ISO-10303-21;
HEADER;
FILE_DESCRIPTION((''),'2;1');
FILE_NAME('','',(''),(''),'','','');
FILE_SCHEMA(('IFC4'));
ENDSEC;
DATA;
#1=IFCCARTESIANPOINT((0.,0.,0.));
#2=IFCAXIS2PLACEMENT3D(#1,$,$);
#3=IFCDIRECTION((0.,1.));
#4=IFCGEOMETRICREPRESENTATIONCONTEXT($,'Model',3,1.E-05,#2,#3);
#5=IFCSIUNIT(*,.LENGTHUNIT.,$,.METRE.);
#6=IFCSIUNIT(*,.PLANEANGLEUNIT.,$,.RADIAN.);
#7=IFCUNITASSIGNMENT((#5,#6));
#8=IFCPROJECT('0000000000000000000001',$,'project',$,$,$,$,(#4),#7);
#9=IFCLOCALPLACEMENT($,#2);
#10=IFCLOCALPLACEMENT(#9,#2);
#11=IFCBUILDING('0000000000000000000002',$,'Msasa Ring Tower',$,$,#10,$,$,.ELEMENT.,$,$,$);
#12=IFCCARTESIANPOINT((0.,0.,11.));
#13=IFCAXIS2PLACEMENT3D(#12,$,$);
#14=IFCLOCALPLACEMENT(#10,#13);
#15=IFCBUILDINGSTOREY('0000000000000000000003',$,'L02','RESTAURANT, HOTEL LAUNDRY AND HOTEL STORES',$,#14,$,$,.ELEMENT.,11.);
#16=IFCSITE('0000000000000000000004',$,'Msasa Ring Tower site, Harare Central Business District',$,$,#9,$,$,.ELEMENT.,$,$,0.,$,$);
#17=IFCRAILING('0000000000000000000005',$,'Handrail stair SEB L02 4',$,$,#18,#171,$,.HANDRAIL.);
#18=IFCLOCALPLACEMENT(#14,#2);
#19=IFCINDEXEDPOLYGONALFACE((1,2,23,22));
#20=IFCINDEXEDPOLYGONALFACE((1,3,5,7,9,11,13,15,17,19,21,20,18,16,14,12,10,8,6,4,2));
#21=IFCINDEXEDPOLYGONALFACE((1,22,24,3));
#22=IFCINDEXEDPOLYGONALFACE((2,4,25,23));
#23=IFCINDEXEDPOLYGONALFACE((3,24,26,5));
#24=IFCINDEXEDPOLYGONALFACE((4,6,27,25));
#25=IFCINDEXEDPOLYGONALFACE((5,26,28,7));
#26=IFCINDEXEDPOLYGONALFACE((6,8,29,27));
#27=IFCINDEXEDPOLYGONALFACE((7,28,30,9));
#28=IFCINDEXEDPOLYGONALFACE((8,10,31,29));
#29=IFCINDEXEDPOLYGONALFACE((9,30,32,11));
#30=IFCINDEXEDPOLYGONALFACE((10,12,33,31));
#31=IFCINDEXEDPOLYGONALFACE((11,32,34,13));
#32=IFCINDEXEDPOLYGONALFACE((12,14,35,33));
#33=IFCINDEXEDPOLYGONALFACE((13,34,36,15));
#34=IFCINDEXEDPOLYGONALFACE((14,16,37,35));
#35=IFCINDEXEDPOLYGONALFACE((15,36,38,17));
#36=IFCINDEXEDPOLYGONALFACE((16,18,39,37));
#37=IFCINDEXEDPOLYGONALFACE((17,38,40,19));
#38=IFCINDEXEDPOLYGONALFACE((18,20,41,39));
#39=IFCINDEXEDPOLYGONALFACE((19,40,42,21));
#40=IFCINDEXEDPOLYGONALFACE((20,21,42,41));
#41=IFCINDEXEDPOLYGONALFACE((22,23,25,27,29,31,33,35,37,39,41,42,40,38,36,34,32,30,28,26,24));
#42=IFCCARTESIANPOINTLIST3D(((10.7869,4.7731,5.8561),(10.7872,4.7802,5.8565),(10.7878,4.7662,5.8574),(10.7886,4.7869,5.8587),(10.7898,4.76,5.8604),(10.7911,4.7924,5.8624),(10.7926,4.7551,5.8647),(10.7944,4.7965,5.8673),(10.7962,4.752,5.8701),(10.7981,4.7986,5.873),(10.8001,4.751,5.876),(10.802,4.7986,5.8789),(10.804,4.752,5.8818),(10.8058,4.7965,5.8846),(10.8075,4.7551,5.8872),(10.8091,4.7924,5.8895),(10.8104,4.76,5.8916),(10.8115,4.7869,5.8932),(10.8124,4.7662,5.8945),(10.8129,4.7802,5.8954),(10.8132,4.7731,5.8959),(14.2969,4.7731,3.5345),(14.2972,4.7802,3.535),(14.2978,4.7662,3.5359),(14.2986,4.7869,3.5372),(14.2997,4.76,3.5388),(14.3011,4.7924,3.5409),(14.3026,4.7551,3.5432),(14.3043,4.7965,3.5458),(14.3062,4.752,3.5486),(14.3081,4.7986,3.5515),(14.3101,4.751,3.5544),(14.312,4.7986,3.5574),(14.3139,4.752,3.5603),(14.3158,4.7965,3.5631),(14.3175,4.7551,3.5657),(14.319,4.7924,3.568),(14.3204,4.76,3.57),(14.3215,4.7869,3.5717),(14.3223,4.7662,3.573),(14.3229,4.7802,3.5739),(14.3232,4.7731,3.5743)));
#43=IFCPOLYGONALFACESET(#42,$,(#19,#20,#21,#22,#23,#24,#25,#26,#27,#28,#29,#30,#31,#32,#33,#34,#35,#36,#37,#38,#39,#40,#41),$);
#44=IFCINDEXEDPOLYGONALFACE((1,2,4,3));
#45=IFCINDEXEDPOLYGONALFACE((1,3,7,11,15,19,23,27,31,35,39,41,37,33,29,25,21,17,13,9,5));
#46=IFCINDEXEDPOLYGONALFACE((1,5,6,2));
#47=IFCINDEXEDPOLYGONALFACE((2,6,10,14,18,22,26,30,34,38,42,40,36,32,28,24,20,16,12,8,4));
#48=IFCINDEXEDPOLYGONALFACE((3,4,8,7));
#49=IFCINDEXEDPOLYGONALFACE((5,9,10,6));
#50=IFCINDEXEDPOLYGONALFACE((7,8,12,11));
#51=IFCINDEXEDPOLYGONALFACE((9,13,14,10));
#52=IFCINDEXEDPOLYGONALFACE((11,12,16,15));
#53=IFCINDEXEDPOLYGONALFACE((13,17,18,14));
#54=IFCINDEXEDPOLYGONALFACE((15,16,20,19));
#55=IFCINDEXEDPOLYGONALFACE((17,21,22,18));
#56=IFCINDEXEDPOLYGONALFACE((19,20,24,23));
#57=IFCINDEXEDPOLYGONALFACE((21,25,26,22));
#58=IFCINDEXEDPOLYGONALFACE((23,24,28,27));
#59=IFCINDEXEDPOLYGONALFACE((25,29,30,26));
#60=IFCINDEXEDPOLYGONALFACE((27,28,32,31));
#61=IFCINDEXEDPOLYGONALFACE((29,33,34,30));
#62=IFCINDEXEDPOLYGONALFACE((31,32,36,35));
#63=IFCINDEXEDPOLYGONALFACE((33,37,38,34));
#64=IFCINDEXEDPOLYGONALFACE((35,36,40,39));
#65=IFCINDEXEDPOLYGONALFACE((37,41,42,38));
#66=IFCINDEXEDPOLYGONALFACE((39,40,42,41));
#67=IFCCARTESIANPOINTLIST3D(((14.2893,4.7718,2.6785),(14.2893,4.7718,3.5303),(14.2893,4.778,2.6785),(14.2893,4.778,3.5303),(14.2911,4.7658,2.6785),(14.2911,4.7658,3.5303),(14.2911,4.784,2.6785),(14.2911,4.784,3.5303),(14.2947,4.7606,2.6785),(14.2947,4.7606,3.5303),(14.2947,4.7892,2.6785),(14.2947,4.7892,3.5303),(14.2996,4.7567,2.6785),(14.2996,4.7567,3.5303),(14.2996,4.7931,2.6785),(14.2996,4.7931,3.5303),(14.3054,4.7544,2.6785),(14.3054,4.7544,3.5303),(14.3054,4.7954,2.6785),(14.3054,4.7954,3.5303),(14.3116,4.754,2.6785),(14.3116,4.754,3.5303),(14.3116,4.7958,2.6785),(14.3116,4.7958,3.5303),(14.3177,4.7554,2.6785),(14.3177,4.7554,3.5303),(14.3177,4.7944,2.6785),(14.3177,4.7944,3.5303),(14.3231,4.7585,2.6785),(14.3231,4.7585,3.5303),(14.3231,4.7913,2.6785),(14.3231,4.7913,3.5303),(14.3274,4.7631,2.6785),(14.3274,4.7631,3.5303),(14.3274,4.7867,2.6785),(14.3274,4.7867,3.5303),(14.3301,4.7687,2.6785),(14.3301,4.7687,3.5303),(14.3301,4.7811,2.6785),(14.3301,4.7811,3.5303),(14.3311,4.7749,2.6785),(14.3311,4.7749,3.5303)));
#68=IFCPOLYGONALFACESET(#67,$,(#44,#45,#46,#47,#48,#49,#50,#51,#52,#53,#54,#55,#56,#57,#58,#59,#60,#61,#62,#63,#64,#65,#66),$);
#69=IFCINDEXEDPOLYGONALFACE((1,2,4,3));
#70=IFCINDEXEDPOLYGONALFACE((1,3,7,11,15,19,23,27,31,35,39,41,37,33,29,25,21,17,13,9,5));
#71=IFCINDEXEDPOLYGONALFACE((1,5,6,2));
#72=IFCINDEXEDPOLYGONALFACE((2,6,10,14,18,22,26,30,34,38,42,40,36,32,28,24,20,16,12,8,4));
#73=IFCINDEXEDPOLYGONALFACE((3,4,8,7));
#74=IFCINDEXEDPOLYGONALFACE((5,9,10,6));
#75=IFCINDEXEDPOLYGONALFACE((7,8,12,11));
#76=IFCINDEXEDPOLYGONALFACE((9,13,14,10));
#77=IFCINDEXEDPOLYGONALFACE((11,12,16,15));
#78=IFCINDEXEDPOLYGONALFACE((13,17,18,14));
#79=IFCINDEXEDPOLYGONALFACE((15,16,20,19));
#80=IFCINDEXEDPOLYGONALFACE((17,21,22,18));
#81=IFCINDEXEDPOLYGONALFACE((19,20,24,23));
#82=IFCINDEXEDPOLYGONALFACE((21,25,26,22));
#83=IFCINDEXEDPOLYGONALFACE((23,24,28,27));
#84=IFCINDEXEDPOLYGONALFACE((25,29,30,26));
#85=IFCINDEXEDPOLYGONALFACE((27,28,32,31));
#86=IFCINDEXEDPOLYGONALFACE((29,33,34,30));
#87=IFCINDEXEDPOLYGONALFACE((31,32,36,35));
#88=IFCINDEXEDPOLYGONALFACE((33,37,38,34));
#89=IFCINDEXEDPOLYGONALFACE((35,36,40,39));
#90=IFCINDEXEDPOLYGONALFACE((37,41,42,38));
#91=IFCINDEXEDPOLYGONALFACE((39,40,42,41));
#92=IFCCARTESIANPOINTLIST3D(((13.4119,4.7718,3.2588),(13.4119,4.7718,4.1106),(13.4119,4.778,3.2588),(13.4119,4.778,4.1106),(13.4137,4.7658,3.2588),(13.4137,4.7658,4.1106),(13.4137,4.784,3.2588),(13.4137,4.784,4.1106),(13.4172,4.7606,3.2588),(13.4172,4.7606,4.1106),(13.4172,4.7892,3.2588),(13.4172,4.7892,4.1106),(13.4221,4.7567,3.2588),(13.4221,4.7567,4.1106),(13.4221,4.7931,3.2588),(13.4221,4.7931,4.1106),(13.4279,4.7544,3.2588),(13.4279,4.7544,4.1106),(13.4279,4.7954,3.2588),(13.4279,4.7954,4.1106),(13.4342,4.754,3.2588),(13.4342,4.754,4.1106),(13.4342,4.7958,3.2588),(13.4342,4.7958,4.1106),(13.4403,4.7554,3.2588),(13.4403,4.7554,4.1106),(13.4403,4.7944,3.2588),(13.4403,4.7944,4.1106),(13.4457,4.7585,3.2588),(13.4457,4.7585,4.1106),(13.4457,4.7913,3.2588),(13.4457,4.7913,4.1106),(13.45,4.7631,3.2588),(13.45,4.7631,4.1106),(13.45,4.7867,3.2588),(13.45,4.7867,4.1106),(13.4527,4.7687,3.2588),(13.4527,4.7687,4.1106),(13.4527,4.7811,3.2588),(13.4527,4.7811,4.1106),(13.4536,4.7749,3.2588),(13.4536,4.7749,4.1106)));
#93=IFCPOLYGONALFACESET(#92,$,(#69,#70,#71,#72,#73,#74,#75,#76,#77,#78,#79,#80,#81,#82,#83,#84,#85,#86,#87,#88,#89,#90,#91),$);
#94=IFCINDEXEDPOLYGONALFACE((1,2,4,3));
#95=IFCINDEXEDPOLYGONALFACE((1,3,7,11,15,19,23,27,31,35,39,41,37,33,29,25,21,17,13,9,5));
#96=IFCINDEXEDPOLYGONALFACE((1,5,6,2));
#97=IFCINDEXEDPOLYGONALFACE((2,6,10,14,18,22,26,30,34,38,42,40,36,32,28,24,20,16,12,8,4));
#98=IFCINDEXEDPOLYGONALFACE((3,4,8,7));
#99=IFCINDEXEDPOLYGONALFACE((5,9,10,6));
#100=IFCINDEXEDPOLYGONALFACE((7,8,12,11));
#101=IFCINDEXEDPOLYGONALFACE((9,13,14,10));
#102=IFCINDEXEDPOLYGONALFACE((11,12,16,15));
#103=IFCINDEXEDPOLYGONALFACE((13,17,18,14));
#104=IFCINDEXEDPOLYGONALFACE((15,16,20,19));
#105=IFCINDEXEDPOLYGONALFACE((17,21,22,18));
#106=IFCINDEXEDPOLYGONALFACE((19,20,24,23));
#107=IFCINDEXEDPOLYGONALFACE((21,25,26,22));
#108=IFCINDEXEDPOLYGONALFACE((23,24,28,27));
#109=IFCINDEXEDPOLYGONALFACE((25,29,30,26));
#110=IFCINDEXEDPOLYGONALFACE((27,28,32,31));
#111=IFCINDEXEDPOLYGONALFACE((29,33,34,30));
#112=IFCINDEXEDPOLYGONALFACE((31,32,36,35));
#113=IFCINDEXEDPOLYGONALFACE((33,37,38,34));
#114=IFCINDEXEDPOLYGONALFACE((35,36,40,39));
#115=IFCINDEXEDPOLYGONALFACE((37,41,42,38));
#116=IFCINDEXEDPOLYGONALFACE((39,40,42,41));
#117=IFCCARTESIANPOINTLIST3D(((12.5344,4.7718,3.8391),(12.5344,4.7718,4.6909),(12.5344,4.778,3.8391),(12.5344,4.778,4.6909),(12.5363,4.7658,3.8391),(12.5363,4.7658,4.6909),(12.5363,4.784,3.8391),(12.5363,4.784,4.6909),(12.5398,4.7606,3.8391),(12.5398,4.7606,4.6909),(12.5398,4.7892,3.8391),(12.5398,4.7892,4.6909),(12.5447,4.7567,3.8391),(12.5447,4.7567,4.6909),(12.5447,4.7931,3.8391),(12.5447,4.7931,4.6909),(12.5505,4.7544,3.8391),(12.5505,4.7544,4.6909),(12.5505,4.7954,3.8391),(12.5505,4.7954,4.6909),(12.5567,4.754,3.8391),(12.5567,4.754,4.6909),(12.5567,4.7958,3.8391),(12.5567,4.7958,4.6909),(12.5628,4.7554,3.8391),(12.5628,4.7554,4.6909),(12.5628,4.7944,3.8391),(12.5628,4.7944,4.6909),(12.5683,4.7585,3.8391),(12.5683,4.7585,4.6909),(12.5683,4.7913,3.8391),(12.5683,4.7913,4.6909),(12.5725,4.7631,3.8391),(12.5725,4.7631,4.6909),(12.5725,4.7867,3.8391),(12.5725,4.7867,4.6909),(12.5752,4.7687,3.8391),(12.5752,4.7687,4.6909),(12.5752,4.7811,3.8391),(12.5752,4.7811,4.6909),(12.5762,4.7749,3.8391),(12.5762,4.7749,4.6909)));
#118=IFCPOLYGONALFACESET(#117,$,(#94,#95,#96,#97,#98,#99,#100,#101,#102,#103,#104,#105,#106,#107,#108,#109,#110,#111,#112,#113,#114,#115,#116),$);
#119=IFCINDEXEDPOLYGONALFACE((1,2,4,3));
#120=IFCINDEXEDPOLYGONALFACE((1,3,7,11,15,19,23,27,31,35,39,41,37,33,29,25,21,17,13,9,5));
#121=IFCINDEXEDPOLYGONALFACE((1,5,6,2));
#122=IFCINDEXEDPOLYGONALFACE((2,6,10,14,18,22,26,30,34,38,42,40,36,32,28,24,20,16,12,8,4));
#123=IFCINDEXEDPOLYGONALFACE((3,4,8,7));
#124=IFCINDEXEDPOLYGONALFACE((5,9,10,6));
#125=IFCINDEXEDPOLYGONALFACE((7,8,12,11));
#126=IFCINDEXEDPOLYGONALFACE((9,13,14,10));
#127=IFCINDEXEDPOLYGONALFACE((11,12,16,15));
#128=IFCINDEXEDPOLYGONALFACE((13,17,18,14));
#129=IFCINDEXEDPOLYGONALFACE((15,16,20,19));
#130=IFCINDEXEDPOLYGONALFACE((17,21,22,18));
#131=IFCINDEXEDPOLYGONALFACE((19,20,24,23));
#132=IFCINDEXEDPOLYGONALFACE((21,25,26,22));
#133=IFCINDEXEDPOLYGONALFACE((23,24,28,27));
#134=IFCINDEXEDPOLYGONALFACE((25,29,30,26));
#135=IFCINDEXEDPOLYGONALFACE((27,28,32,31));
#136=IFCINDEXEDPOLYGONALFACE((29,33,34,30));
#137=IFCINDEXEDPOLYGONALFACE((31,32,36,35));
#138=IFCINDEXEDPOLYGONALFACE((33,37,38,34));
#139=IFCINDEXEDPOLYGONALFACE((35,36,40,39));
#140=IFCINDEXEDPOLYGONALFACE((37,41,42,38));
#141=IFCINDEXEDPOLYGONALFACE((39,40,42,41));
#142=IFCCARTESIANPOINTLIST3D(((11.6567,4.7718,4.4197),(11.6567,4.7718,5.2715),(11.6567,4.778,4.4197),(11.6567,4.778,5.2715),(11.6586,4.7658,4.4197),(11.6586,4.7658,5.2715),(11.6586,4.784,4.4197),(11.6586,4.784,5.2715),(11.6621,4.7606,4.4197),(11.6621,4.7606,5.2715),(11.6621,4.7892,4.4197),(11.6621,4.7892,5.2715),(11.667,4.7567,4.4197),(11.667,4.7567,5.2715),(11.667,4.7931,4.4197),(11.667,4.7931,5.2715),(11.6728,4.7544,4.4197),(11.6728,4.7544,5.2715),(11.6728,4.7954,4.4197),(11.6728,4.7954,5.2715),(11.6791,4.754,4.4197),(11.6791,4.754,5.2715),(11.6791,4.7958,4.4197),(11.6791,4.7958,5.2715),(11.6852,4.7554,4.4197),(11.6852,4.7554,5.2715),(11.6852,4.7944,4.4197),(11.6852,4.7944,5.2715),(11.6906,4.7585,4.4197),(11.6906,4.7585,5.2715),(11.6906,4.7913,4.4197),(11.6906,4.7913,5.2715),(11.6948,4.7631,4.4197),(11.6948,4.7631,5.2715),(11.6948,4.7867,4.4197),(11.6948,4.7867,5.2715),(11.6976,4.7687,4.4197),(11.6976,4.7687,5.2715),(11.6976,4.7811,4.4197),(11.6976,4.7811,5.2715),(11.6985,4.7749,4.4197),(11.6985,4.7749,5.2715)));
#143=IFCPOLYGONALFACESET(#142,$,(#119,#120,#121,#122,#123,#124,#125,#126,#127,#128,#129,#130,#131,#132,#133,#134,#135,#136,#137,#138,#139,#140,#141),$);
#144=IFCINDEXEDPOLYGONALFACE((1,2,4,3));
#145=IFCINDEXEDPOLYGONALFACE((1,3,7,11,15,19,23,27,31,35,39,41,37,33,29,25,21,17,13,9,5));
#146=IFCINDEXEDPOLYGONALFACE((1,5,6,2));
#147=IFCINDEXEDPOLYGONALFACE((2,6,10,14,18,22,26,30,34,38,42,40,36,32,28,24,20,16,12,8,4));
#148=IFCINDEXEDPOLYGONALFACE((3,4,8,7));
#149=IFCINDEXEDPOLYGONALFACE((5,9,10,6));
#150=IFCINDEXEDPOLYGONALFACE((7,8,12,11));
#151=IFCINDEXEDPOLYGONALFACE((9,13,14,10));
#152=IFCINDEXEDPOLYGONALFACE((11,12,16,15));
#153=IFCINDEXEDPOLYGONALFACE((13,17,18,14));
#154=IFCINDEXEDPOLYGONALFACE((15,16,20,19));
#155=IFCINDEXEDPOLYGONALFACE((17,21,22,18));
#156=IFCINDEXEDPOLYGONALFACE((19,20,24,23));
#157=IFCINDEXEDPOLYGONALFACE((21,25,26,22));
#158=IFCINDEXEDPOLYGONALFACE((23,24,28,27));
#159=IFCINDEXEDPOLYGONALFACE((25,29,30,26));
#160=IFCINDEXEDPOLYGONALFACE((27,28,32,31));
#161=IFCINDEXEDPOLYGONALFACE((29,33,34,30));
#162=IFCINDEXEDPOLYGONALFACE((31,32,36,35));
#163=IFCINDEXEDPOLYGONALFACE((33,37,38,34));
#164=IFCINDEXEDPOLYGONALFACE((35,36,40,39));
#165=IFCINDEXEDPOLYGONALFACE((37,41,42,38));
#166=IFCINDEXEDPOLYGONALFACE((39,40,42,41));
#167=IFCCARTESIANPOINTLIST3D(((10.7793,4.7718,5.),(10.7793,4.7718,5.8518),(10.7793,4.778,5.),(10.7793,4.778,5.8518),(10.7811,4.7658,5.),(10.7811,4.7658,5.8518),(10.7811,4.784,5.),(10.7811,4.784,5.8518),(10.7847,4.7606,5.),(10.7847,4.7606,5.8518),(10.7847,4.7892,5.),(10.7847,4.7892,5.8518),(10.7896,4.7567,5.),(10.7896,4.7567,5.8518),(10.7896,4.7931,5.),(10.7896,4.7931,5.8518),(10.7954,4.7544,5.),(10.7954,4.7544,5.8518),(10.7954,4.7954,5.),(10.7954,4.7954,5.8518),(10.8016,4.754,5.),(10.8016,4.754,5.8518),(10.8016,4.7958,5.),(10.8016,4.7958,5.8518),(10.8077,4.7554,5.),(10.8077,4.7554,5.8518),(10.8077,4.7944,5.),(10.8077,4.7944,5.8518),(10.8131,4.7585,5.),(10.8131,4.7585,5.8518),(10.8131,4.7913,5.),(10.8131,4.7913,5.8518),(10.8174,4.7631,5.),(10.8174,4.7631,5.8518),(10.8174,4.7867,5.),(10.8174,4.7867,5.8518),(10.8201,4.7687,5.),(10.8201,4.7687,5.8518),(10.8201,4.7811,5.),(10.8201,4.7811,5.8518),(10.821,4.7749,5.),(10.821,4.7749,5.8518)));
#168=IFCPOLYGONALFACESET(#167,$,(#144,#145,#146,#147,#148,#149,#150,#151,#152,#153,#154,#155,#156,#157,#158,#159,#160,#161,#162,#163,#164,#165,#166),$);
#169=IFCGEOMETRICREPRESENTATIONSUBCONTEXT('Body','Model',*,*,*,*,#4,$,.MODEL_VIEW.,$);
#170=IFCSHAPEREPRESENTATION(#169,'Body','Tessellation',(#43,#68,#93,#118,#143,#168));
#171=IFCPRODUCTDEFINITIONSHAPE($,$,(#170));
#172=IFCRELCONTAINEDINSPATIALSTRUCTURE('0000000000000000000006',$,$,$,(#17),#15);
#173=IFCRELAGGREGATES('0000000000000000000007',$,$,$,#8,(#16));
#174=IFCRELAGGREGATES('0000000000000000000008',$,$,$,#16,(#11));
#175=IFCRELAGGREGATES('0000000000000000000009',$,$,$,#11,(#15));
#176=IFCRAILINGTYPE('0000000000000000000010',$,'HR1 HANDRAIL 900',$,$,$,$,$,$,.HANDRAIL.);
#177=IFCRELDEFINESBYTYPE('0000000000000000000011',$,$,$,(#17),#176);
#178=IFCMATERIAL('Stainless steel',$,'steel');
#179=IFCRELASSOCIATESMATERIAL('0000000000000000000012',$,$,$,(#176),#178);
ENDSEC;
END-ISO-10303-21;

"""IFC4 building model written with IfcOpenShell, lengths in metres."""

from ifc_helpers import new_model, si_unit, direction, frame, origin, origin_2d, place, context, subcontext, project, spatial, circle, extrude, material, type_object, element, save


model = new_model("IFC4")

# Units and contexts
model_context = context("Model", 3, precision=1e-05, world=origin(), true_north=direction((0.0, 1.0)))
body_context = subcontext(model_context, "Body", "Model", "MODEL_VIEW")
ifc_project = project(units=[si_unit("LENGTHUNIT", "METRE"), si_unit("PLANEANGLEUNIT", "RADIAN")], contexts=[model_context])

# Site, building, storey
site_placement = place(None, origin())
site = spatial("IfcSite", under=ifc_project, at=site_placement, Name="Msasa Ring Tower site, Harare Central Business District", CompositionType="ELEMENT", RefElevation=0.0)
building_placement = place(site_placement, origin())
building = spatial("IfcBuilding", under=site, at=building_placement, Name="Msasa Ring Tower", CompositionType="ELEMENT")
storey_placement = place(building_placement, frame((0.0, 0.0, 11.0)))
storey = spatial("IfcBuildingStorey", under=building, at=storey_placement, Name="L02", Description="RESTAURANT, HOTEL LAUNDRY AND HOTEL STORES", CompositionType="ELEMENT", Elevation=11.0)

# Railing
ifc_material_1 = material(Name="Stainless steel", Category="steel")
railing_type = type_object("IfcRailingType", Name="HR1 HANDRAIL 900", PredefinedType="HANDRAIL", material=ifc_material_1)
for number, where, name in (
    (1, (14.3101, 4.7749, 2.6785), "Handrail stair SEB L02 4"),
):
    element("IfcRailing", number, at=place(storey_placement, frame(where)), inside=storey, type_object=railing_type, Name=name, PredefinedType="HANDRAIL", context=body_context, shape_type="SweptSolid", body=[
        extrude(circle(Radius=0.0239, at=origin_2d()), frame((0.0, 0.0, 0.876), z_axis=(-0.834071, 0.0, 0.551657), x_axis=(0.0, -1.0, 0.0)), (0.0, 0.0, 1.0), 4.2083),
        extrude(circle(Radius=0.021, at=origin_2d()), origin(), (0.0, 0.0, 1.0), 0.8518),
        extrude(circle(Radius=0.021, at=origin_2d()), frame((-0.8774, 0.0, 0.5803)), (0.0, 0.0, 1.0), 0.8518),
        extrude(circle(Radius=0.021, at=origin_2d()), frame((-1.7549, 0.0, 1.1606)), (0.0, 0.0, 1.0), 0.8518),
        extrude(circle(Radius=0.021, at=origin_2d()), frame((-2.6326, 0.0, 1.7412)), (0.0, 0.0, 1.0), 0.8518),
        extrude(circle(Radius=0.021, at=origin_2d()), frame((-3.51, 0.0, 2.3215)), (0.0, 0.0, 1.0), 0.8518),
    ])

save(model, "model.ifc")
